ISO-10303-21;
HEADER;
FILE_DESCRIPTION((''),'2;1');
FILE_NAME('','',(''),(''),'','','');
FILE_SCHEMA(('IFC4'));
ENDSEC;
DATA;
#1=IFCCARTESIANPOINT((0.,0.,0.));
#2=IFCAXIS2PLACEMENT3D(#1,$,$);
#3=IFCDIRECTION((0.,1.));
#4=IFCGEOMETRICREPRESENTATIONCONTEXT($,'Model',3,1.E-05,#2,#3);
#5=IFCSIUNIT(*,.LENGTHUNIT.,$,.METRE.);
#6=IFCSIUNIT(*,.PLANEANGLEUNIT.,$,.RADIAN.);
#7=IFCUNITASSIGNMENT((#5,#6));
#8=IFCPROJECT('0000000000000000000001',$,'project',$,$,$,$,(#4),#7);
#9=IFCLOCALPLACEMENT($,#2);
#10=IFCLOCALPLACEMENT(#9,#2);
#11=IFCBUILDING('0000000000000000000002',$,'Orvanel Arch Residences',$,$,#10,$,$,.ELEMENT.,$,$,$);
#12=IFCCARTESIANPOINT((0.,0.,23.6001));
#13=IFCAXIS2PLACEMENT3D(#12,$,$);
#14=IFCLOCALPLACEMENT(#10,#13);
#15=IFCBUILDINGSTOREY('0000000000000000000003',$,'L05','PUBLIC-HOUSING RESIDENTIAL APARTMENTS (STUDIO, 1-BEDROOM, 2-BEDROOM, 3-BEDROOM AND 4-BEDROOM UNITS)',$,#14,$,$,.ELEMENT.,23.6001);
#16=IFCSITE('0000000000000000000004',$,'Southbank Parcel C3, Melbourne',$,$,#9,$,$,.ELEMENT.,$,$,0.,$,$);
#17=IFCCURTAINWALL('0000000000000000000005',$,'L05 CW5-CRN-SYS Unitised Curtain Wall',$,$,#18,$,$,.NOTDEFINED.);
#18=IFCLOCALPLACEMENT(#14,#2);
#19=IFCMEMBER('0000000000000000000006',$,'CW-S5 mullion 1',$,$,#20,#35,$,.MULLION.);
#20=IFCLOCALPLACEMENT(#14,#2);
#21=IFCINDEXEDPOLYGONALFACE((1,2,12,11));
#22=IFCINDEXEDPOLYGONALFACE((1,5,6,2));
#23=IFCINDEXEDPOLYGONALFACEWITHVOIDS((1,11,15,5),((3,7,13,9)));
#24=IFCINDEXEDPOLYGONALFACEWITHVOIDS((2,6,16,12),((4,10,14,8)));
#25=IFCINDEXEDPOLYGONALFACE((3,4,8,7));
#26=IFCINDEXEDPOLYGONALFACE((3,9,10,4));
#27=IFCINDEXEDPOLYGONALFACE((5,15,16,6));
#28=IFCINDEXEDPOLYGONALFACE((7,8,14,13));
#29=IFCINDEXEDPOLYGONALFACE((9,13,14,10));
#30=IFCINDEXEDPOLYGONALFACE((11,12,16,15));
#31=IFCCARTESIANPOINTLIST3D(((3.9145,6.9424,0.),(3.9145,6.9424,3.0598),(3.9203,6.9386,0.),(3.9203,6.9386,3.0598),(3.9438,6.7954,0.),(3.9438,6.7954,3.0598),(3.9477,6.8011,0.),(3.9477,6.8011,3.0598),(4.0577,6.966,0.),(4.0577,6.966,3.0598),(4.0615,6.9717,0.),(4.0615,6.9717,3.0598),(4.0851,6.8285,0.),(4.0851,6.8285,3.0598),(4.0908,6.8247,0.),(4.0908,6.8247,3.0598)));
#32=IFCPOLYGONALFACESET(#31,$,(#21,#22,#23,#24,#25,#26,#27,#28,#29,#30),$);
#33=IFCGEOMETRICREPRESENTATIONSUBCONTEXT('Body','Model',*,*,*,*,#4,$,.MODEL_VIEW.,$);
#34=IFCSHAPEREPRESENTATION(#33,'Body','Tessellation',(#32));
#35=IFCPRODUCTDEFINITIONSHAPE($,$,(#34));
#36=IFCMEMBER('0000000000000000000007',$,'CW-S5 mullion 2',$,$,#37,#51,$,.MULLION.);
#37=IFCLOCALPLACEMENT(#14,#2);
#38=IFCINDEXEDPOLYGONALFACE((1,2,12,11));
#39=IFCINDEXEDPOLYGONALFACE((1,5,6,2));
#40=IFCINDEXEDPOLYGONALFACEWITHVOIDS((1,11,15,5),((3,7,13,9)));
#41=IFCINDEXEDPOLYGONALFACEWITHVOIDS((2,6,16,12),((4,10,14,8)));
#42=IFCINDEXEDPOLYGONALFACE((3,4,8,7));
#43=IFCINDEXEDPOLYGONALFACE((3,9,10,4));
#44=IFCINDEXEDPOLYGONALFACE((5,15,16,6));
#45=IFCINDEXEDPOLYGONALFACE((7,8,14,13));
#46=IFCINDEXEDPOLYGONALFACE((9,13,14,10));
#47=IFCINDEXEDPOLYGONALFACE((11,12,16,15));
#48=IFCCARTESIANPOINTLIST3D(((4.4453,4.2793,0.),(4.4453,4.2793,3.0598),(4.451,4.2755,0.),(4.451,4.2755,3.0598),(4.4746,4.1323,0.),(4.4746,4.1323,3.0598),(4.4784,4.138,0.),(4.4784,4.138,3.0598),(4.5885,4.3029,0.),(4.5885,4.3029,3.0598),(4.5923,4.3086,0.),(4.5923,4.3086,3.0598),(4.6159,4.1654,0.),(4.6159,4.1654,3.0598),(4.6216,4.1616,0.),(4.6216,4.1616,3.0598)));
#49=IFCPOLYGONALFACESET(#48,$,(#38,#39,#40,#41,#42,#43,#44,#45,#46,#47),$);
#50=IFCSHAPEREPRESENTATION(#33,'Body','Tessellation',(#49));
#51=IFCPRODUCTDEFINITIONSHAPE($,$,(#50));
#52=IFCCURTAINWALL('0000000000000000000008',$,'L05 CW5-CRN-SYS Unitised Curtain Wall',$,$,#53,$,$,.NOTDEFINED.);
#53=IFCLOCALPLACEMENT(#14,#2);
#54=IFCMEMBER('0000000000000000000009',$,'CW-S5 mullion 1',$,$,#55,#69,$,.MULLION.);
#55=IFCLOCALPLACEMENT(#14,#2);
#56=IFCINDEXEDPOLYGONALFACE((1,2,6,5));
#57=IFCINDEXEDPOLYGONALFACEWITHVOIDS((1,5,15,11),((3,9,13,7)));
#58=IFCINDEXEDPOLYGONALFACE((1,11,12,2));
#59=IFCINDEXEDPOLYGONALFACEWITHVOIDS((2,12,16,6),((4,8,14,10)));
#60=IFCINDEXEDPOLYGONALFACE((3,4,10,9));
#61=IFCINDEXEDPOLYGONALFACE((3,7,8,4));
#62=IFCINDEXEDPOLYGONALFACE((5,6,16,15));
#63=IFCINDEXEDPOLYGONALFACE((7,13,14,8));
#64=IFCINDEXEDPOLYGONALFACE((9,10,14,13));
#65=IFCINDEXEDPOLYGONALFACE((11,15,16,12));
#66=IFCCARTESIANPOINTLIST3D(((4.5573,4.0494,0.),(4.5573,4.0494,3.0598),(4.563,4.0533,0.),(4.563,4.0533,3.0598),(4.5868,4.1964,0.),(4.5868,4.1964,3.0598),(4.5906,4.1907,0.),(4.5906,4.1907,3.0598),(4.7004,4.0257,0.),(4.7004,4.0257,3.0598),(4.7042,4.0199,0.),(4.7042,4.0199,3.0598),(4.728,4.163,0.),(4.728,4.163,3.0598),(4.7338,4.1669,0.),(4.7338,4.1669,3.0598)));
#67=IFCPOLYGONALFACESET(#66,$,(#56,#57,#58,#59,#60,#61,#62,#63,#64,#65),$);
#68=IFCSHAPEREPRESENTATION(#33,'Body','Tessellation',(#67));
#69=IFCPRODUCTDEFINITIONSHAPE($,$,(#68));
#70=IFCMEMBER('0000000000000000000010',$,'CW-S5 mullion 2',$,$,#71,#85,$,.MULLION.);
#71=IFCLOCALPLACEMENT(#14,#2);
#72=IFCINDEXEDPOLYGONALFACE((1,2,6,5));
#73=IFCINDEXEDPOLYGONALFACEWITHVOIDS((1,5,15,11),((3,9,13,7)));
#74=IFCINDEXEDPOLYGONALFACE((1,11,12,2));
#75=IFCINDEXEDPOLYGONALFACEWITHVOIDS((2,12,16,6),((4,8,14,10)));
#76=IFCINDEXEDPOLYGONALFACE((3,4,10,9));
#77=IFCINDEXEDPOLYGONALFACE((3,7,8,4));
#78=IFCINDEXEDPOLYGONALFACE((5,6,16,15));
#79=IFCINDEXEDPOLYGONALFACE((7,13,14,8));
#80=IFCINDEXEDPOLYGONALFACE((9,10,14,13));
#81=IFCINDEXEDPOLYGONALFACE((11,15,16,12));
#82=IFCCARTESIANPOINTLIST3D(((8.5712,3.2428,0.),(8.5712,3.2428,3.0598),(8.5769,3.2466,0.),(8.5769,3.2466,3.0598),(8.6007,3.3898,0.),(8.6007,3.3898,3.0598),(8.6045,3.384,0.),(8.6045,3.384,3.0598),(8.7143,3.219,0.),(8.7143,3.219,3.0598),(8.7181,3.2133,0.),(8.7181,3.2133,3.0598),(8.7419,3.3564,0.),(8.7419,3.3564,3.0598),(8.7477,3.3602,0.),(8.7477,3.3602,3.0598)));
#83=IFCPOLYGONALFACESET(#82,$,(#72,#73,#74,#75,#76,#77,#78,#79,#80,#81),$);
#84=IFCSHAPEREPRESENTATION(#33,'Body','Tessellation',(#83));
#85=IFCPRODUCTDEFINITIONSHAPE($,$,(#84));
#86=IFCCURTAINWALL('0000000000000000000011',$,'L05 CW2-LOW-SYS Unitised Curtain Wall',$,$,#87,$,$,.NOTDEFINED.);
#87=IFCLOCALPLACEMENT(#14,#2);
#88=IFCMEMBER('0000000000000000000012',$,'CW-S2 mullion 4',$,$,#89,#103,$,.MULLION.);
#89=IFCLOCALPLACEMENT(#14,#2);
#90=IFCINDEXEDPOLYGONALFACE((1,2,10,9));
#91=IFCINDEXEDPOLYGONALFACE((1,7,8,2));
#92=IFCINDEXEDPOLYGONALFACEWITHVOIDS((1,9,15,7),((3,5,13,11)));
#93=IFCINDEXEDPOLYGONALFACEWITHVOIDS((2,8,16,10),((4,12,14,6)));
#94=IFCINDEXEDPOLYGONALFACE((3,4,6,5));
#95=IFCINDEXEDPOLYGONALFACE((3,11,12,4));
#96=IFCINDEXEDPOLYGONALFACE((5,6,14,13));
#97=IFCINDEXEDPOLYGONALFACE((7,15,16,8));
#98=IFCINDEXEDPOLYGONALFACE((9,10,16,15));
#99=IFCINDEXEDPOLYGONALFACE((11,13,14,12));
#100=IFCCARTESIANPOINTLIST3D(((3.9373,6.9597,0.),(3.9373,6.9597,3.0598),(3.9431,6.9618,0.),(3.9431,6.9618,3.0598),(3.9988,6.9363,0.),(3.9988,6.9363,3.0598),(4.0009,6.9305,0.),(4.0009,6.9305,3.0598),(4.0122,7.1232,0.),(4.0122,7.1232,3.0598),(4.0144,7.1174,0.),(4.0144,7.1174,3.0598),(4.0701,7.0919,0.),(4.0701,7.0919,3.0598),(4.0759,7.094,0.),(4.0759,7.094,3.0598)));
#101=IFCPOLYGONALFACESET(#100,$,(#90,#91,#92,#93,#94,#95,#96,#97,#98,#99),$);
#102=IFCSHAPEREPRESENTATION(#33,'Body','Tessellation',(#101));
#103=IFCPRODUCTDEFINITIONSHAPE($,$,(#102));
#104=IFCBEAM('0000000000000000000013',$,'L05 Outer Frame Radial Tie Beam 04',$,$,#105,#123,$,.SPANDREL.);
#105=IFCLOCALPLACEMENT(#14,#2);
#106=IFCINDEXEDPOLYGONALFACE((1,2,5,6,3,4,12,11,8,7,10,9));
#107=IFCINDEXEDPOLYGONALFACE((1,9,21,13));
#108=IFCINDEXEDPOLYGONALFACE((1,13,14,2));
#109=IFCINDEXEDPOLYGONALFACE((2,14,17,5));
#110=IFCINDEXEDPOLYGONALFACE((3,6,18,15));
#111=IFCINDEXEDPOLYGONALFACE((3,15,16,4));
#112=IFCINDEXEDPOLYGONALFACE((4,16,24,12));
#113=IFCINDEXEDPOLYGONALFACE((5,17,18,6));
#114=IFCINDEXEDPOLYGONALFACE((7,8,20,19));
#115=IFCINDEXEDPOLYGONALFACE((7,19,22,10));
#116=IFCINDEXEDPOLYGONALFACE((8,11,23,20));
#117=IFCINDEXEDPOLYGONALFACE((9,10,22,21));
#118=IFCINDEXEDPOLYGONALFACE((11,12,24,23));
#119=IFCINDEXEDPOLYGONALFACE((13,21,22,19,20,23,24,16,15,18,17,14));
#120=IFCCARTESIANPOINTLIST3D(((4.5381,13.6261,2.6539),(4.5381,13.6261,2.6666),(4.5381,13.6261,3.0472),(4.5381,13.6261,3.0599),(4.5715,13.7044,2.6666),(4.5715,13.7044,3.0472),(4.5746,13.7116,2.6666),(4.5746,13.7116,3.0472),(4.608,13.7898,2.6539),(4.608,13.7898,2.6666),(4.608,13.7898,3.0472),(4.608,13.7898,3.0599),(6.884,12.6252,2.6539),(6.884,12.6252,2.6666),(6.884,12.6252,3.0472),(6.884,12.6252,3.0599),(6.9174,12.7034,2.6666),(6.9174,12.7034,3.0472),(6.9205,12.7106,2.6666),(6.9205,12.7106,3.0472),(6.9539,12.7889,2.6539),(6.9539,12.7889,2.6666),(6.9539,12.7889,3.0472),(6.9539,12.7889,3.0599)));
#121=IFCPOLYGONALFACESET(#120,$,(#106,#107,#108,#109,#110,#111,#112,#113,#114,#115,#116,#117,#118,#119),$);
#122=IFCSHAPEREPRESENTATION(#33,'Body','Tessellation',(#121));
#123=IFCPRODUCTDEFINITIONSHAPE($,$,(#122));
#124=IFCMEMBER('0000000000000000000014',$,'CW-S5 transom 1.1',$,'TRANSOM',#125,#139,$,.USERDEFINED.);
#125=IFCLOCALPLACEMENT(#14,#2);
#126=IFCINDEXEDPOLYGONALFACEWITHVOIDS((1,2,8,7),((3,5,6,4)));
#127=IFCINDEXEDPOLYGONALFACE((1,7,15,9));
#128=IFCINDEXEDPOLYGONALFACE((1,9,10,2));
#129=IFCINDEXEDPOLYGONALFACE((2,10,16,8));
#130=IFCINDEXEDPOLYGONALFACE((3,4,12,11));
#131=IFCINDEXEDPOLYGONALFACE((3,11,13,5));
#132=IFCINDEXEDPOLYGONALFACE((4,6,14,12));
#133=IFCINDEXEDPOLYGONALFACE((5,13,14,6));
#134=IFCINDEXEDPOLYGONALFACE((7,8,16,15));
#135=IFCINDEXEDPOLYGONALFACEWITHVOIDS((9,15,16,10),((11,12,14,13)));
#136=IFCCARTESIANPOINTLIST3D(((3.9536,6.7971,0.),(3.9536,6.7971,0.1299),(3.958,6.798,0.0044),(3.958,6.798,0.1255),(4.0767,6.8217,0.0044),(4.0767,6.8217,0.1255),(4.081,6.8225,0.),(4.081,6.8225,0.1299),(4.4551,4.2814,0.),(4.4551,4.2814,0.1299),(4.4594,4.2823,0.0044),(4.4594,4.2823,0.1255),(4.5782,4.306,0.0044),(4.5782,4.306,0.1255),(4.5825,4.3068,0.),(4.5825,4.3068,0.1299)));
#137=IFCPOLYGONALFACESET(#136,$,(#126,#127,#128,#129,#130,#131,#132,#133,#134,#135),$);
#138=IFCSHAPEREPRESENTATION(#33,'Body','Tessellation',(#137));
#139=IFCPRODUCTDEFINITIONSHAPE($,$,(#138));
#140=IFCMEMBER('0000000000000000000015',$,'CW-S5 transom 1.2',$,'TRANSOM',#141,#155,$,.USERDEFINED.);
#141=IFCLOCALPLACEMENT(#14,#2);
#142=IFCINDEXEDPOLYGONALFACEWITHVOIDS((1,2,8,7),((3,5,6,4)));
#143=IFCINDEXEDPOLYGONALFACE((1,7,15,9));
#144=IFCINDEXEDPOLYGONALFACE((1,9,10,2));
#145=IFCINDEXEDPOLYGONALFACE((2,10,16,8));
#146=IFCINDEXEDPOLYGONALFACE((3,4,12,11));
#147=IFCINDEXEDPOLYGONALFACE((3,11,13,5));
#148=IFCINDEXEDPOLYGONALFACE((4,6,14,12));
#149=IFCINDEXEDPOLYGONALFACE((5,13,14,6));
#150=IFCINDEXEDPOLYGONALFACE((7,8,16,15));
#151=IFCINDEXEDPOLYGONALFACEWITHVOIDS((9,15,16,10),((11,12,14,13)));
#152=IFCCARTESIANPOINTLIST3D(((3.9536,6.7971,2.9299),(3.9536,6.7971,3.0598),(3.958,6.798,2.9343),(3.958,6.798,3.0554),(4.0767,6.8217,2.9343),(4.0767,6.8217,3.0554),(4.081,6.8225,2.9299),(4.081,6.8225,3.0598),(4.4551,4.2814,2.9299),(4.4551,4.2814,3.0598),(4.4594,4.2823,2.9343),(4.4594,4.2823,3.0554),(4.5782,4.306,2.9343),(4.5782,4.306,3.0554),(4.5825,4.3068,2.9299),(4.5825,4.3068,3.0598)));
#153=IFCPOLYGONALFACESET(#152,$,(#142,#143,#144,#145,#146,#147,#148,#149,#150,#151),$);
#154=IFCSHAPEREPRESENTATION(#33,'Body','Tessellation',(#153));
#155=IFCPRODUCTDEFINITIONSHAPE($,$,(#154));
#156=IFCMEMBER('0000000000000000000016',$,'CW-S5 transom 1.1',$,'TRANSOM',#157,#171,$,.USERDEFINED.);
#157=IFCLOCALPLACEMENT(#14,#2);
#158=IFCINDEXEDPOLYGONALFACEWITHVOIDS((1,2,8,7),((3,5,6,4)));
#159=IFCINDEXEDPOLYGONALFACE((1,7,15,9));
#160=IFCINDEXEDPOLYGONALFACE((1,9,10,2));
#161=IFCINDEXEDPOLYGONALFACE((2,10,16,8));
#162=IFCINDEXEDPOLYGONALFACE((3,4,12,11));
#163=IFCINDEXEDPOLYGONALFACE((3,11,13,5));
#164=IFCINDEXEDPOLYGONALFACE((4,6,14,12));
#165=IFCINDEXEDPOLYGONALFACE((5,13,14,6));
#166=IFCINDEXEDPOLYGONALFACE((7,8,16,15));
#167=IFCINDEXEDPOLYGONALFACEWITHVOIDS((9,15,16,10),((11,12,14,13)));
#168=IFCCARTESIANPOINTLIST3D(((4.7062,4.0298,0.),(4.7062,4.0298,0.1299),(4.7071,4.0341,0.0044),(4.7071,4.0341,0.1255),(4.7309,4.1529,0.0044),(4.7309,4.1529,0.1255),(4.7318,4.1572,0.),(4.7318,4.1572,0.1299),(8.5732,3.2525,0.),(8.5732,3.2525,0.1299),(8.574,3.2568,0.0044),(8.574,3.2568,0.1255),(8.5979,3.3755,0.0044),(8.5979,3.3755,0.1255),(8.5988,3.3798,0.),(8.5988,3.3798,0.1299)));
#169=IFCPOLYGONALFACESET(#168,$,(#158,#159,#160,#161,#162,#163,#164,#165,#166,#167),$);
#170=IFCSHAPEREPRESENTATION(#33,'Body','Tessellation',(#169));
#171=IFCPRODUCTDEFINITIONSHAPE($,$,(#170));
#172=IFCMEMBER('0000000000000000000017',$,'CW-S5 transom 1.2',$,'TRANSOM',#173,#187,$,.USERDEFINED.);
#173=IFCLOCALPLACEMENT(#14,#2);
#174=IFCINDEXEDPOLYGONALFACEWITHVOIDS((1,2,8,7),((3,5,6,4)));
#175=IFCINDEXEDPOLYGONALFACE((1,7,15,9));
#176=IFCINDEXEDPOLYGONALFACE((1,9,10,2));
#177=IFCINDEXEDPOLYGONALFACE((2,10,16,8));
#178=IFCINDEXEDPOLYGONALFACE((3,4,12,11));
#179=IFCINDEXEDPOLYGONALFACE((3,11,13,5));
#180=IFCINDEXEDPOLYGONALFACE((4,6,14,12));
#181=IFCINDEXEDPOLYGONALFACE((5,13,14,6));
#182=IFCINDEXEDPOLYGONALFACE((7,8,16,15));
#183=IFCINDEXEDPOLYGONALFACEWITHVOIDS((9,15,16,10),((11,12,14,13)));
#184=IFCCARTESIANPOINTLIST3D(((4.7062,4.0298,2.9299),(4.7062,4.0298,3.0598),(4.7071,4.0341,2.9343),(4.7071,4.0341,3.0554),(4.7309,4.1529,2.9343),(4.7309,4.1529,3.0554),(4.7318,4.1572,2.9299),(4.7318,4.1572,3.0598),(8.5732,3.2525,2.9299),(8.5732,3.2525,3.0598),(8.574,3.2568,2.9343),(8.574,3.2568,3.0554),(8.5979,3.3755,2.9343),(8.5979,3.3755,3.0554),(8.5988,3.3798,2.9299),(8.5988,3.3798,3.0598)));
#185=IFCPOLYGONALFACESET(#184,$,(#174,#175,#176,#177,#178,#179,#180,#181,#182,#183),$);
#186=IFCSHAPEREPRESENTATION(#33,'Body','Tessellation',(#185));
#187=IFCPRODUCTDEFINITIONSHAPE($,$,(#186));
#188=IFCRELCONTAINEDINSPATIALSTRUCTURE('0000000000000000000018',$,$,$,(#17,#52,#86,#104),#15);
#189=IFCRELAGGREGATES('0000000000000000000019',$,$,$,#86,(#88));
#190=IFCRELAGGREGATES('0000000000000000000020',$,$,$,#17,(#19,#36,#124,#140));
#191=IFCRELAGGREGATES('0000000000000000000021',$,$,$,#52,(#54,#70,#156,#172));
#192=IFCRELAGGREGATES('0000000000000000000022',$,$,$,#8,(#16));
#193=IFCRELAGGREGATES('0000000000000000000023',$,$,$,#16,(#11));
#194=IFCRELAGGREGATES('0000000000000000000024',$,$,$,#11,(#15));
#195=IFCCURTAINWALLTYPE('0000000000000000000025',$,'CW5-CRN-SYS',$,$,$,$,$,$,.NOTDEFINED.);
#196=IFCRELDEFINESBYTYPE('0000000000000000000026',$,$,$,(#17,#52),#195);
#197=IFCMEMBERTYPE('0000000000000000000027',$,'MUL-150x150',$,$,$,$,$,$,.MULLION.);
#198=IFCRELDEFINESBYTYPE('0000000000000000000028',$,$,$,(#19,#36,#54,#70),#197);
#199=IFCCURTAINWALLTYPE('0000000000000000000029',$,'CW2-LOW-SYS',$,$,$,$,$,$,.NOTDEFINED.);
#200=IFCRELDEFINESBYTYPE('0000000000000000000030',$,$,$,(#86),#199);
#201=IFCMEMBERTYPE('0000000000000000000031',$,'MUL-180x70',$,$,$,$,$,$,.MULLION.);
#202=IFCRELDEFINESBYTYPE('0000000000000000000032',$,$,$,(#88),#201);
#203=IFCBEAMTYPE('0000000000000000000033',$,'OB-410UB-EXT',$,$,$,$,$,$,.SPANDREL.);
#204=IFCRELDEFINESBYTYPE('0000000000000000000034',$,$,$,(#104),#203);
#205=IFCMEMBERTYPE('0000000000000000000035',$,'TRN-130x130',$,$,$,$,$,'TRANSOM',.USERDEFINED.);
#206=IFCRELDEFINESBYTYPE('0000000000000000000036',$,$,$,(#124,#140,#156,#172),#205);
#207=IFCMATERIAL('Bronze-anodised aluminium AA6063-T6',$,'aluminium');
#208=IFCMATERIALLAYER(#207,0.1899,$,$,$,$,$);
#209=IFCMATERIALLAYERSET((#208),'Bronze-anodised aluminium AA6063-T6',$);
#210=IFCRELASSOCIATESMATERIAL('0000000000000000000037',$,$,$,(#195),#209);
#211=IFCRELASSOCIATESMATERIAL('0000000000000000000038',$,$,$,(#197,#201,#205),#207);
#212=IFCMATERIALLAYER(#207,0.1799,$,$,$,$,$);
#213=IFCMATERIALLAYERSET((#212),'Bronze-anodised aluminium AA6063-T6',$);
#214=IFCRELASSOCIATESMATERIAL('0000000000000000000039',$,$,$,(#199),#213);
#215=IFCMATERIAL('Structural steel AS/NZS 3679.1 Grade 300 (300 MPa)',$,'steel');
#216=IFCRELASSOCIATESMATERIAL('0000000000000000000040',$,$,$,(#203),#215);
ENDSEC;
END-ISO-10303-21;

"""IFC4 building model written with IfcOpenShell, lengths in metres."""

from ifc_helpers import new_model, si_unit, direction, frame, origin, origin_2d, place, context, subcontext, project, spatial, hollow_rectangle, i_section, extrude, material, layer, layer_set, material_profile, profile_set, type_object, element, aggregate, save


model = new_model("IFC4")

# Units and contexts
model_context = context("Model", 3, precision=1e-05, world=origin(), true_north=direction((0.0, 1.0)))
body_context = subcontext(model_context, "Body", "Model", "MODEL_VIEW")
ifc_project = project(units=[si_unit("LENGTHUNIT", "METRE"), si_unit("PLANEANGLEUNIT", "RADIAN")], contexts=[model_context])

# Site, building, storey
site_placement = place(None, origin())
site = spatial("IfcSite", under=ifc_project, at=site_placement, Name="Southbank Parcel C3, Melbourne", CompositionType="ELEMENT", RefElevation=0.0)
building_placement = place(site_placement, origin())
building = spatial("IfcBuilding", under=site, at=building_placement, Name="Orvanel Arch Residences", CompositionType="ELEMENT")
storey_placement = place(building_placement, frame((0.0, 0.0, 23.6001)))
storey = spatial("IfcBuildingStorey", under=building, at=storey_placement, Name="L05", Description="PUBLIC-HOUSING RESIDENTIAL APARTMENTS (STUDIO, 1-BEDROOM, 2-BEDROOM, 3-BEDROOM AND 4-BEDROOM UNITS)", CompositionType="ELEMENT", Elevation=23.6001)

# Curtain walls, members
ifc_material_1 = material(Name="Bronze-anodised aluminium AA6063-T6", Category="aluminium")
ifc_layer_1 = layer(ifc_material_1, 0.1899)
ifc_layer_set_1 = layer_set([ifc_layer_1], Name="Bronze-anodised aluminium AA6063-T6")
curtain_wall_type_1 = type_object("IfcCurtainWallType", Name="CW5-CRN-SYS", PredefinedType="NOTDEFINED", material=ifc_layer_set_1)
curtain_wall_1_placement = place(storey_placement, origin())
curtain_wall_1 = element("IfcCurtainWall", 1, at=curtain_wall_1_placement, inside=storey, type_object=curtain_wall_type_1, Name="L05 CW5-CRN-SYS Unitised Curtain Wall", PredefinedType="NOTDEFINED")
ifc_material_profile_1 = material_profile(ifc_material_1, hollow_rectangle(XDim=0.1499, YDim=0.1499, WallThickness=0.0049, at=origin_2d()), Name="ALU150x150x5")
ifc_profile_set_1 = profile_set([ifc_material_profile_1], Name="Bronze-anodised aluminium AA6063-T6")
member_type_1 = type_object("IfcMemberType", Name="MUL-150x150", PredefinedType="MULLION", material=ifc_profile_set_1)
member_1_placement = place(storey_placement, frame((4.0027, 6.8835, 0.0), z_axis=(0.0, 0.0, 1.0), x_axis=(0.980715, 0.195445, 0.0)))
member_1 = element("IfcMember", 2, at=member_1_placement, type_object=member_type_1, Name="CW-S5 mullion 1", PredefinedType="MULLION", context=body_context, shape_type="SweptSolid", body=[
    extrude(hollow_rectangle(XDim=0.1499, YDim=0.1499, WallThickness=0.0049, at=origin_2d()), origin(), (0.0, 0.0, 1.0), 3.0598),
])
member_2_placement = place(storey_placement, frame((4.5334, 4.2205, 0.0), z_axis=(0.0, 0.0, 1.0), x_axis=(0.980715, 0.195445, 0.0)))
member_2 = element("IfcMember", 3, at=member_2_placement, type_object=member_type_1, Name="CW-S5 mullion 2", PredefinedType="MULLION", context=body_context, shape_type="SweptSolid", body=[
    extrude(hollow_rectangle(XDim=0.1499, YDim=0.1499, WallThickness=0.0049, at=origin_2d()), origin(), (0.0, 0.0, 1.0), 3.0598),
])
curtain_wall_2_placement = place(storey_placement, origin())
curtain_wall_2 = element("IfcCurtainWall", 4, at=curtain_wall_2_placement, inside=storey, type_object=curtain_wall_type_1, Name="L05 CW5-CRN-SYS Unitised Curtain Wall", PredefinedType="NOTDEFINED")
member_3_placement = place(storey_placement, frame((4.6455, 4.1082, 0.0), z_axis=(0.0, 0.0, 1.0), x_axis=(0.197039, 0.980396, 0.0)))
member_3 = element("IfcMember", 5, at=member_3_placement, type_object=member_type_1, Name="CW-S5 mullion 1", PredefinedType="MULLION", context=body_context, shape_type="SweptSolid", body=[
    extrude(hollow_rectangle(XDim=0.1499, YDim=0.1499, WallThickness=0.0049, at=origin_2d()), origin(), (0.0, 0.0, 1.0), 3.0598),
])
member_4_placement = place(storey_placement, frame((8.6594, 3.3015, 0.0), z_axis=(0.0, 0.0, 1.0), x_axis=(0.197039, 0.980396, 0.0)))
member_4 = element("IfcMember", 6, at=member_4_placement, type_object=member_type_1, Name="CW-S5 mullion 2", PredefinedType="MULLION", context=body_context, shape_type="SweptSolid", body=[
    extrude(hollow_rectangle(XDim=0.1499, YDim=0.1499, WallThickness=0.0049, at=origin_2d()), origin(), (0.0, 0.0, 1.0), 3.0598),
])

# Curtain wall, member
ifc_layer_2 = layer(ifc_material_1, 0.1799)
ifc_layer_set_2 = layer_set([ifc_layer_2], Name="Bronze-anodised aluminium AA6063-T6")
curtain_wall_type_2 = type_object("IfcCurtainWallType", Name="CW2-LOW-SYS", PredefinedType="NOTDEFINED", material=ifc_layer_set_2)
curtain_wall_3_placement = place(storey_placement, origin())
curtain_wall_3 = element("IfcCurtainWall", 7, at=curtain_wall_3_placement, inside=storey, type_object=curtain_wall_type_2, Name="L05 CW2-LOW-SYS Unitised Curtain Wall", PredefinedType="NOTDEFINED")
ifc_material_profile_2 = material_profile(ifc_material_1, hollow_rectangle(XDim=0.0701, YDim=0.1799, WallThickness=0.0044, at=origin_2d()), Name="ALU180x70x4.5")
ifc_profile_set_2 = profile_set([ifc_material_profile_2], Name="Bronze-anodised aluminium AA6063-T6")
member_type_2 = type_object("IfcMemberType", Name="MUL-180x70", PredefinedType="MULLION", material=ifc_profile_set_2)
member_5_placement = place(storey_placement, frame((4.0066, 7.0269, 0.0), z_axis=(0.0, 0.0, 1.0), x_axis=(0.909015, -0.416763, 0.0)))
member_5 = element("IfcMember", 8, at=member_5_placement, type_object=member_type_2, Name="CW-S2 mullion 4", PredefinedType="MULLION", context=body_context, shape_type="SweptSolid", body=[
    extrude(hollow_rectangle(XDim=0.0701, YDim=0.1799, WallThickness=0.0044, at=origin_2d()), origin(), (0.0, 0.0, 1.0), 3.0598),
])

# Beam
ifc_material_2 = material(Name="Structural steel AS/NZS 3679.1 Grade 300 (300 MPa)", Category="steel")
ifc_material_profile_3 = material_profile(ifc_material_2, i_section(OverallWidth=0.178, OverallDepth=0.406, WebThickness=0.0078, FlangeThickness=0.0127, at=origin_2d()), Name="410UB59.7")
ifc_profile_set_3 = profile_set([ifc_material_profile_3], Name="Structural steel AS/NZS 3679.1 Grade 300 (300 MPa)")
beam_type = type_object("IfcBeamType", Name="OB-410UB-EXT", PredefinedType="SPANDREL", material=ifc_profile_set_3)
beam_placement = place(storey_placement, frame((6.9189, 12.707, 2.8569), z_axis=(-0.919773, 0.392452, 0.0), x_axis=(-0.392452, -0.919773, 0.0)))
element("IfcBeam", 9, at=beam_placement, inside=storey, type_object=beam_type, Name="L05 Outer Frame Radial Tie Beam 04", PredefinedType="SPANDREL", context=body_context, shape_type="SweptSolid", body=[
    extrude(i_section(OverallWidth=0.178, OverallDepth=0.406, WebThickness=0.0078, FlangeThickness=0.0127, at=origin_2d()), origin(), (0.0, 0.0, 1.0), 2.5505),
])

# Members
ifc_material_profile_4 = material_profile(ifc_material_1, hollow_rectangle(XDim=0.1299, YDim=0.1299, WallThickness=0.0044, at=origin_2d()), Name="ALU130x130x4.5")
ifc_profile_set_4 = profile_set([ifc_material_profile_4], Name="Bronze-anodised aluminium AA6063-T6")
member_type_3 = type_object("IfcMemberType", Name="TRN-130x130", ElementType="TRANSOM", PredefinedType="USERDEFINED", material=ifc_profile_set_4)
member_6_placement = place(storey_placement, frame((4.0173, 6.8098, 0.0649), z_axis=(0.195494, -0.980705, 0.0), x_axis=(0.980705, 0.195494, 0.0)))
member_6 = element("IfcMember", 10, at=member_6_placement, type_object=member_type_3, Name="CW-S5 transom 1.1", ObjectType="TRANSOM", PredefinedType="USERDEFINED", context=body_context, shape_type="SweptSolid", body=[
    extrude(hollow_rectangle(XDim=0.1299, YDim=0.1299, WallThickness=0.0044, at=origin_2d()), origin(), (0.0, 0.0, 1.0), 2.5652),
])
member_7_placement = place(storey_placement, frame((4.0173, 6.8098, 2.9949), z_axis=(0.195494, -0.980705, 0.0), x_axis=(0.980705, 0.195494, 0.0)))
member_7 = element("IfcMember", 11, at=member_7_placement, type_object=member_type_3, Name="CW-S5 transom 1.2", ObjectType="TRANSOM", PredefinedType="USERDEFINED", context=body_context, shape_type="SweptSolid", body=[
    extrude(hollow_rectangle(XDim=0.1299, YDim=0.1299, WallThickness=0.0044, at=origin_2d()), origin(), (0.0, 0.0, 1.0), 2.5652),
])
member_8_placement = place(storey_placement, frame((4.719, 4.0935, 0.0649), z_axis=(0.980387, -0.19708, 0.0), x_axis=(0.19708, 0.980387, 0.0)))
member_8 = element("IfcMember", 12, at=member_8_placement, type_object=member_type_3, Name="CW-S5 transom 1.1", ObjectType="TRANSOM", PredefinedType="USERDEFINED", context=body_context, shape_type="SweptSolid", body=[
    extrude(hollow_rectangle(XDim=0.1299, YDim=0.1299, WallThickness=0.0044, at=origin_2d()), origin(), (0.0, 0.0, 1.0), 3.9443),
])
member_9_placement = place(storey_placement, frame((4.719, 4.0935, 2.9949), z_axis=(0.980387, -0.19708, 0.0), x_axis=(0.19708, 0.980387, 0.0)))
member_9 = element("IfcMember", 13, at=member_9_placement, type_object=member_type_3, Name="CW-S5 transom 1.2", ObjectType="TRANSOM", PredefinedType="USERDEFINED", context=body_context, shape_type="SweptSolid", body=[
    extrude(hollow_rectangle(XDim=0.1299, YDim=0.1299, WallThickness=0.0044, at=origin_2d()), origin(), (0.0, 0.0, 1.0), 3.9443),
])

aggregate(curtain_wall_3, [member_5])
aggregate(curtain_wall_1, [member_1, member_2, member_6, member_7])
aggregate(curtain_wall_2, [member_3, member_4, member_8, member_9])

save(model, "model.ifc")
